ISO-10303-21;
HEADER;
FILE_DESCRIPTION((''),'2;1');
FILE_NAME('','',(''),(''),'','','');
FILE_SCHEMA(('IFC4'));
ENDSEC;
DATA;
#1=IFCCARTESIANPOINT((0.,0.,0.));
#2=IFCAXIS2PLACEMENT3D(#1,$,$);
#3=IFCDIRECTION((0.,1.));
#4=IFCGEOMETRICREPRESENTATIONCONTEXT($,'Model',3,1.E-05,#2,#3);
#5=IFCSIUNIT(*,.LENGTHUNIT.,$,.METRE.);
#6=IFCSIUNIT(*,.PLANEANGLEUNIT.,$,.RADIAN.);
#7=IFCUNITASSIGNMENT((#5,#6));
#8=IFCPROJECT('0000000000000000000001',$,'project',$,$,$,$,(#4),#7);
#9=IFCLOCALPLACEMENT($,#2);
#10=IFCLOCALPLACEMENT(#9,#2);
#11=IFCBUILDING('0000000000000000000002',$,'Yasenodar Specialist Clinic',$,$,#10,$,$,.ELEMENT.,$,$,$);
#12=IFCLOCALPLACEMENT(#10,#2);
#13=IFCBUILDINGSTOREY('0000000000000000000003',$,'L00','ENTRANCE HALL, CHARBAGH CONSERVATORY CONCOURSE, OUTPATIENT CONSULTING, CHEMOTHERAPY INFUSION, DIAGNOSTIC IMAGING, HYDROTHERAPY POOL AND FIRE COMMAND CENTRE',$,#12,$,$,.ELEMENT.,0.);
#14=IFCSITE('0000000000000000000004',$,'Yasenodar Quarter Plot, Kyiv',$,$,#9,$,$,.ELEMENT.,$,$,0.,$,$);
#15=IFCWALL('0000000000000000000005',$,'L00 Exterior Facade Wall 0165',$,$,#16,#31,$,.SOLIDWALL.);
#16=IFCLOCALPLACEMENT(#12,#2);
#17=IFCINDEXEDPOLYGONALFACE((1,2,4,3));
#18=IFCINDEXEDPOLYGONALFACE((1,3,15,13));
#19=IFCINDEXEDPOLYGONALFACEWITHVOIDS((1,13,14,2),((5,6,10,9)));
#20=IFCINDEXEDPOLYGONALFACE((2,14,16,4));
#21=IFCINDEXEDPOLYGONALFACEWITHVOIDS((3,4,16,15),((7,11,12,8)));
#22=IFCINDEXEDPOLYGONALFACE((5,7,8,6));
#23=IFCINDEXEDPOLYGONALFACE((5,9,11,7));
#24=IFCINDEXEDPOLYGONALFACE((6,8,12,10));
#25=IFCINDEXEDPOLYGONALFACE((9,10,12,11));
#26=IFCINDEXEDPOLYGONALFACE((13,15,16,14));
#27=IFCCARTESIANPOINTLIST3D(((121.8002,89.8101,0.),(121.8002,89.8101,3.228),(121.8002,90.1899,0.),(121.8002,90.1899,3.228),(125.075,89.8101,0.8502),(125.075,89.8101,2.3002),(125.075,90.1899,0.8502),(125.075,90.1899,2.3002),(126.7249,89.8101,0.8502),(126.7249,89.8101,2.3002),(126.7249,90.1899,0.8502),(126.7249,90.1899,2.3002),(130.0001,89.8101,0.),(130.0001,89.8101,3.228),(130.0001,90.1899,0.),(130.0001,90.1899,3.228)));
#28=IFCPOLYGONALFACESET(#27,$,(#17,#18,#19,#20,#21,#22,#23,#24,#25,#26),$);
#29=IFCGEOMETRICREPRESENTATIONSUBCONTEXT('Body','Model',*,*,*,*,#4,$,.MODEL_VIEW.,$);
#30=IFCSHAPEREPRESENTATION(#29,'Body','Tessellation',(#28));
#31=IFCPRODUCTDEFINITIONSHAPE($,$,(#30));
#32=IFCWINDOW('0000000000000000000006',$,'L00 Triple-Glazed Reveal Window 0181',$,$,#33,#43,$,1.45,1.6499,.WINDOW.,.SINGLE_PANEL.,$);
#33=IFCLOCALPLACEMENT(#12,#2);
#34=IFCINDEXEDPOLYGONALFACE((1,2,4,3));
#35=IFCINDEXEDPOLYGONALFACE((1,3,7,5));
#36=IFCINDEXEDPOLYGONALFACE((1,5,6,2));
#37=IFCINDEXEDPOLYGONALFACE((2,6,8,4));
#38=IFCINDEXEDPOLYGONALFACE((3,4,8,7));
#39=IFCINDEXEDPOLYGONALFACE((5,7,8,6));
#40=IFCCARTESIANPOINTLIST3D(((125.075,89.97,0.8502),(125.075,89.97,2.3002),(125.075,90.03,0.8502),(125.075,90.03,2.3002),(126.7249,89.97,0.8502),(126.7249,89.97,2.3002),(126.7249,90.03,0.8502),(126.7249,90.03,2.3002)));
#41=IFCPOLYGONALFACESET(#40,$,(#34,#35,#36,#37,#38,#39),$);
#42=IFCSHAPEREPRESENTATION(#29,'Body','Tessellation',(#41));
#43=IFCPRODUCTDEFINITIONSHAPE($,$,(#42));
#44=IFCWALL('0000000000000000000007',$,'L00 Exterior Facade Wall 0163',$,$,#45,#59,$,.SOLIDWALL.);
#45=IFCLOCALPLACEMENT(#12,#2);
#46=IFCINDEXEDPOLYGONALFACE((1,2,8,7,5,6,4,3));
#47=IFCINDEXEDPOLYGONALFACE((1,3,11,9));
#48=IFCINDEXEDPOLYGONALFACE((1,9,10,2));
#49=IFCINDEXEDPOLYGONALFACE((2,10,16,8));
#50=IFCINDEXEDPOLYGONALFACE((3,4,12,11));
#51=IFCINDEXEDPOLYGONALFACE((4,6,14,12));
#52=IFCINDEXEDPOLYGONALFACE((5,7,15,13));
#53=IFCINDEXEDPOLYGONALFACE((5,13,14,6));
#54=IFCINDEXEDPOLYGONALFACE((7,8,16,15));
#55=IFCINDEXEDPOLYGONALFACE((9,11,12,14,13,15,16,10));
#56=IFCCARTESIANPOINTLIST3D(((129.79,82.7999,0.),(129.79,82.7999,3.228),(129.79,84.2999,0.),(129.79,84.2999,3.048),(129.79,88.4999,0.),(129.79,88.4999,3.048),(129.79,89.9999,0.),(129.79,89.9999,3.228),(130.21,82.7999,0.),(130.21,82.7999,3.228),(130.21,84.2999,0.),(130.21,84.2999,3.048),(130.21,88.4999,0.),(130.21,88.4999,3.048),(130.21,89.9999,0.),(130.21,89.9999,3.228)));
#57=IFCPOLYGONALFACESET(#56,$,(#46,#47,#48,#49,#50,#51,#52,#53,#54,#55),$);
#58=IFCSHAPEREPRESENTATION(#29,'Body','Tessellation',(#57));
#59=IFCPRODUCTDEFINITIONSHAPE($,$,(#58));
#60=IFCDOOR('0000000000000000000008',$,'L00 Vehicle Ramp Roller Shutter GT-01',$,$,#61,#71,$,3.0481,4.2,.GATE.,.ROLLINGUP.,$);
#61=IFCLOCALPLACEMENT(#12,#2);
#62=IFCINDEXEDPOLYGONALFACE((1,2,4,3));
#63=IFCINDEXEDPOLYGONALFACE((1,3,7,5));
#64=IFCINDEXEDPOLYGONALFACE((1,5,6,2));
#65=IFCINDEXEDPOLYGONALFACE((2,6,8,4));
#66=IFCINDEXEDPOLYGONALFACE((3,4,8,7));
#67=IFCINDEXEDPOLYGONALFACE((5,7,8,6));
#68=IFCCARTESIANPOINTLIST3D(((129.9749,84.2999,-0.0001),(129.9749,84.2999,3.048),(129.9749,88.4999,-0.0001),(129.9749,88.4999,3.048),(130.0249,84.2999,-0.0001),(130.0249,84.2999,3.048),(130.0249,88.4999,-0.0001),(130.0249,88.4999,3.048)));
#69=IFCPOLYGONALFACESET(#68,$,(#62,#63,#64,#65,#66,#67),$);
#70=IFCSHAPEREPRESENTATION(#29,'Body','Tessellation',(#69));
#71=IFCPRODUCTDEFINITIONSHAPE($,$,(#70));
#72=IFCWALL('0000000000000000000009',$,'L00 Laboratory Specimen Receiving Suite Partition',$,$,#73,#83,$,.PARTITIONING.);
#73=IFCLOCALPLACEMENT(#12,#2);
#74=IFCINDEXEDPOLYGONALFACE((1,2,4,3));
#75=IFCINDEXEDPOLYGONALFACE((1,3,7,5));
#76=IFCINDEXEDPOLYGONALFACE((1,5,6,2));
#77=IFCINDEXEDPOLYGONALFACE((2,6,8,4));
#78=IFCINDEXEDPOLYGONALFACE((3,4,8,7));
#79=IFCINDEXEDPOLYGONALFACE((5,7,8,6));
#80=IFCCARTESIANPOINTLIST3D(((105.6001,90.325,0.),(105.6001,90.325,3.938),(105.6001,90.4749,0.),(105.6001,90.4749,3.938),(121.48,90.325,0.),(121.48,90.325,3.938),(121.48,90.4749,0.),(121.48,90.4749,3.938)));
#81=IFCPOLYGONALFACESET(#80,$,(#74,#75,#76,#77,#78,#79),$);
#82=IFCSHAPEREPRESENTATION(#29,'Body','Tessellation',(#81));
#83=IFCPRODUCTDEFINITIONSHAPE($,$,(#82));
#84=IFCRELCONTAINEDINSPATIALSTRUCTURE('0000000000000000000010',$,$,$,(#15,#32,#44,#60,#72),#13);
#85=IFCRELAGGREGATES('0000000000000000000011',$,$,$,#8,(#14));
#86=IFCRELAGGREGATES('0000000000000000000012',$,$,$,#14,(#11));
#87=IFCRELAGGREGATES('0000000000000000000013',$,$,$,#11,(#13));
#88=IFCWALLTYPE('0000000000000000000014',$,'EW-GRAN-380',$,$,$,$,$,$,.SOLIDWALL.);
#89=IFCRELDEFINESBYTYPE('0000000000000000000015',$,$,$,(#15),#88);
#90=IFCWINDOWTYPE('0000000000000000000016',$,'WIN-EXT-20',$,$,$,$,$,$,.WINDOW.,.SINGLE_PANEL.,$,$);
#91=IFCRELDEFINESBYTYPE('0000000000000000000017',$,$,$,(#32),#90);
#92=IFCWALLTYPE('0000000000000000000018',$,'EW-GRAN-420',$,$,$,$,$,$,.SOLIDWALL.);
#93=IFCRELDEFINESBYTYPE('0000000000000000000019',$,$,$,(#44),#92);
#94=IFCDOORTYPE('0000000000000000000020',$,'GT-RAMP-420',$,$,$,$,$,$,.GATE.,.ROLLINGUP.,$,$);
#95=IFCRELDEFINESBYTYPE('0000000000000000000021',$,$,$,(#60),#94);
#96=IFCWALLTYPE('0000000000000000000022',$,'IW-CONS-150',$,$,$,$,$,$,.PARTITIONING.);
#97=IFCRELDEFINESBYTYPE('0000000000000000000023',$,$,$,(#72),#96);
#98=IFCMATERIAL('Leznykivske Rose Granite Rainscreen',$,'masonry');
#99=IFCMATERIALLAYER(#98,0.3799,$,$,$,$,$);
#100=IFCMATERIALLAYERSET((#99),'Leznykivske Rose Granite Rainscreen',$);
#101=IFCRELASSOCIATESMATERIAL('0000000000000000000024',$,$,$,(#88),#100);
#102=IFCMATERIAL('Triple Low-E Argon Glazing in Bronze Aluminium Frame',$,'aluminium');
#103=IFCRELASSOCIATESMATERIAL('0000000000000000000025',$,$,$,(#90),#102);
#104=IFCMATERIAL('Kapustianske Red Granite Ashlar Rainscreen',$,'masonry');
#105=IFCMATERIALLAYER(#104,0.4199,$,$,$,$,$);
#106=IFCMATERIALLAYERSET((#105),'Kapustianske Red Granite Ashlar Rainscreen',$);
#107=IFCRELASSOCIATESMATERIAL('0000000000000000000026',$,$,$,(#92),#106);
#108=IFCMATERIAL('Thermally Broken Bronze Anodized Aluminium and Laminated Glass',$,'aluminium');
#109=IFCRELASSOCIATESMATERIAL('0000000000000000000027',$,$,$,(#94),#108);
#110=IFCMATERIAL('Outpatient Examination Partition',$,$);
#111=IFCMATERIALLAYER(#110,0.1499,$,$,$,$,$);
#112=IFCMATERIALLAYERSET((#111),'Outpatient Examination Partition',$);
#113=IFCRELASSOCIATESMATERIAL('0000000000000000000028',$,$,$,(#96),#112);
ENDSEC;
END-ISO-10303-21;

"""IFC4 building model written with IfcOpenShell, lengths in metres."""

from ifc_helpers import new_model, si_unit, direction, frame, frame_2d, origin, place, context, subcontext, project, spatial, rectangle, extrude, material, layer, layer_set, type_object, element, fill, save


model = new_model("IFC4")

# Units and contexts
model_context = context("Model", 3, precision=1e-05, world=origin(), true_north=direction((0.0, 1.0)))
body_context = subcontext(model_context, "Body", "Model", "MODEL_VIEW")
ifc_project = project(units=[si_unit("LENGTHUNIT", "METRE"), si_unit("PLANEANGLEUNIT", "RADIAN")], contexts=[model_context])

# Site, building, storey
site_placement = place(None, origin())
site = spatial("IfcSite", under=ifc_project, at=site_placement, Name="Yasenodar Quarter Plot, Kyiv", CompositionType="ELEMENT", RefElevation=0.0)
building_placement = place(site_placement, origin())
building = spatial("IfcBuilding", under=site, at=building_placement, Name="Yasenodar Specialist Clinic", CompositionType="ELEMENT")
storey_placement = place(building_placement, origin())
storey = spatial("IfcBuildingStorey", under=building, at=storey_placement, Name="L00", Description="ENTRANCE HALL, CHARBAGH CONSERVATORY CONCOURSE, OUTPATIENT CONSULTING, CHEMOTHERAPY INFUSION, DIAGNOSTIC IMAGING, HYDROTHERAPY POOL AND FIRE COMMAND CENTRE", CompositionType="ELEMENT", Elevation=0.0)

# Wall, opening, window
ifc_material_1 = material(Name="Leznykivske Rose Granite Rainscreen", Category="masonry")
ifc_layer_1 = layer(ifc_material_1, 0.3799)
ifc_layer_set_1 = layer_set([ifc_layer_1], Name="Leznykivske Rose Granite Rainscreen")
wall_type_1 = type_object("IfcWallType", Name="EW-GRAN-380", PredefinedType="SOLIDWALL", material=ifc_layer_set_1)
ifc_material_2 = material(Name="Triple Low-E Argon Glazing in Bronze Aluminium Frame", Category="aluminium")
wall_1_placement = place(storey_placement, frame((121.8, 90.0, 0.0), z_axis=(0.0, 0.0, 1.0), x_axis=(1.0, 0.0, 0.0)))
wall_1 = element("IfcWall", 1, at=wall_1_placement, inside=storey, type_object=wall_type_1, Name="L00 Exterior Facade Wall 0165", PredefinedType="SOLIDWALL", context=body_context, shape_type="SweptSolid", body=[
    extrude(rectangle(XDim=8.2, YDim=0.3799, at=frame_2d((4.1001, 0.0))), origin(), (0.0, 0.0, 1.0), 3.228),
])
opening_1_placement = place(wall_1_placement, frame((3.2749, 0.0, 0.8501)))
opening_1 = element("IfcOpeningElement", 2, at=opening_1_placement, cuts=wall_1, PredefinedType="OPENING", context=body_context, shape_type="SweptSolid", body=[
    extrude(rectangle(XDim=1.6499, YDim=1.45, at=frame_2d((0.825, 0.7251))), frame((0.0, 0.2, 0.0), z_axis=(0.0, -1.0, 0.0), x_axis=(1.0, 0.0, 0.0)), (0.0, 0.0, 1.0), 0.3999),
])
window_type_1 = type_object("IfcWindowType", Name="WIN-EXT-20", PartitioningType="SINGLE_PANEL", PredefinedType="WINDOW", material=ifc_material_2)
window_1_placement = place(opening_1_placement, origin())
window_1 = element("IfcWindow", 3, at=window_1_placement, inside=storey, type_object=window_type_1, Name="L00 Triple-Glazed Reveal Window 0181", OverallHeight=1.45, OverallWidth=1.6499, PartitioningType="SINGLE_PANEL", PredefinedType="WINDOW", context=body_context, shape_type="SweptSolid", body=[
    extrude(rectangle(XDim=1.6499, YDim=1.45, at=frame_2d((0.825, 0.7251))), frame((0.0, 0.03, 0.0), z_axis=(0.0, -1.0, 0.0), x_axis=(1.0, 0.0, 0.0)), (0.0, 0.0, 1.0), 0.0601),
])
fill(opening_1, window_1)

# Wall, opening, door
ifc_material_3 = material(Name="Kapustianske Red Granite Ashlar Rainscreen", Category="masonry")
ifc_layer_2 = layer(ifc_material_3, 0.4199)
ifc_layer_set_2 = layer_set([ifc_layer_2], Name="Kapustianske Red Granite Ashlar Rainscreen")
wall_type_2 = type_object("IfcWallType", Name="EW-GRAN-420", PredefinedType="SOLIDWALL", material=ifc_layer_set_2)
wall_2_placement = place(storey_placement, frame((130.0, 90.0, 0.0), z_axis=(0.0, 0.0, 1.0), x_axis=(0.0, -1.0, 0.0)))
wall_2 = element("IfcWall", 4, at=wall_2_placement, inside=storey, type_object=wall_type_2, Name="L00 Exterior Facade Wall 0163", PredefinedType="SOLIDWALL", context=body_context, shape_type="SweptSolid", body=[
    extrude(rectangle(XDim=7.2, YDim=0.4199, at=frame_2d((3.6001, 0.0))), origin(), (0.0, 0.0, 1.0), 3.228),
])
opening_2_placement = place(wall_2_placement, frame((1.5, 0.0, 0.0)))
opening_2 = element("IfcOpeningElement", 5, at=opening_2_placement, cuts=wall_2, PredefinedType="OPENING", context=body_context, shape_type="SweptSolid", body=[
    extrude(rectangle(XDim=4.2, YDim=3.0481, at=frame_2d((2.1001, 1.5239))), frame((0.0, 0.22, 0.0), z_axis=(0.0, -1.0, 0.0), x_axis=(1.0, 0.0, 0.0)), (0.0, 0.0, 1.0), 0.4399),
])
ifc_material_4 = material(Name="Thermally Broken Bronze Anodized Aluminium and Laminated Glass", Category="aluminium")
door_type = type_object("IfcDoorType", Name="GT-RAMP-420", OperationType="ROLLINGUP", PredefinedType="GATE", material=ifc_material_4)
door_placement = place(opening_2_placement, origin())
door = element("IfcDoor", 6, at=door_placement, inside=storey, type_object=door_type, Name="L00 Vehicle Ramp Roller Shutter GT-01", OperationType="ROLLINGUP", OverallHeight=3.0481, OverallWidth=4.2, PredefinedType="GATE", context=body_context, shape_type="SweptSolid", body=[
    extrude(rectangle(XDim=4.2, YDim=3.0481, at=frame_2d((2.1001, 1.5239))), frame((0.0, 0.0249, 0.0), z_axis=(0.0, -1.0, 0.0), x_axis=(1.0, 0.0, 0.0)), (0.0, 0.0, 1.0), 0.05),
])
fill(opening_2, door)

# Wall
ifc_material_5 = material(Name="Outpatient Examination Partition")
ifc_layer_3 = layer(ifc_material_5, 0.1499)
ifc_layer_set_3 = layer_set([ifc_layer_3], Name="Outpatient Examination Partition")
wall_type_3 = type_object("IfcWallType", Name="IW-CONS-150", PredefinedType="PARTITIONING", material=ifc_layer_set_3)
wall_3_placement = place(storey_placement, frame((121.48, 90.3999, 0.0), z_axis=(0.0, 0.0, 1.0), x_axis=(-1.0, 0.0, 0.0)))
element("IfcWall", 7, at=wall_3_placement, inside=storey, type_object=wall_type_3, Name="L00 Laboratory Specimen Receiving Suite Partition", PredefinedType="PARTITIONING", context=body_context, shape_type="SweptSolid", body=[
    extrude(rectangle(XDim=15.8799, YDim=0.1499, at=frame_2d((7.9399, 0.0))), origin(), (0.0, 0.0, 1.0), 3.938),
])

save(model, "model.ifc")
